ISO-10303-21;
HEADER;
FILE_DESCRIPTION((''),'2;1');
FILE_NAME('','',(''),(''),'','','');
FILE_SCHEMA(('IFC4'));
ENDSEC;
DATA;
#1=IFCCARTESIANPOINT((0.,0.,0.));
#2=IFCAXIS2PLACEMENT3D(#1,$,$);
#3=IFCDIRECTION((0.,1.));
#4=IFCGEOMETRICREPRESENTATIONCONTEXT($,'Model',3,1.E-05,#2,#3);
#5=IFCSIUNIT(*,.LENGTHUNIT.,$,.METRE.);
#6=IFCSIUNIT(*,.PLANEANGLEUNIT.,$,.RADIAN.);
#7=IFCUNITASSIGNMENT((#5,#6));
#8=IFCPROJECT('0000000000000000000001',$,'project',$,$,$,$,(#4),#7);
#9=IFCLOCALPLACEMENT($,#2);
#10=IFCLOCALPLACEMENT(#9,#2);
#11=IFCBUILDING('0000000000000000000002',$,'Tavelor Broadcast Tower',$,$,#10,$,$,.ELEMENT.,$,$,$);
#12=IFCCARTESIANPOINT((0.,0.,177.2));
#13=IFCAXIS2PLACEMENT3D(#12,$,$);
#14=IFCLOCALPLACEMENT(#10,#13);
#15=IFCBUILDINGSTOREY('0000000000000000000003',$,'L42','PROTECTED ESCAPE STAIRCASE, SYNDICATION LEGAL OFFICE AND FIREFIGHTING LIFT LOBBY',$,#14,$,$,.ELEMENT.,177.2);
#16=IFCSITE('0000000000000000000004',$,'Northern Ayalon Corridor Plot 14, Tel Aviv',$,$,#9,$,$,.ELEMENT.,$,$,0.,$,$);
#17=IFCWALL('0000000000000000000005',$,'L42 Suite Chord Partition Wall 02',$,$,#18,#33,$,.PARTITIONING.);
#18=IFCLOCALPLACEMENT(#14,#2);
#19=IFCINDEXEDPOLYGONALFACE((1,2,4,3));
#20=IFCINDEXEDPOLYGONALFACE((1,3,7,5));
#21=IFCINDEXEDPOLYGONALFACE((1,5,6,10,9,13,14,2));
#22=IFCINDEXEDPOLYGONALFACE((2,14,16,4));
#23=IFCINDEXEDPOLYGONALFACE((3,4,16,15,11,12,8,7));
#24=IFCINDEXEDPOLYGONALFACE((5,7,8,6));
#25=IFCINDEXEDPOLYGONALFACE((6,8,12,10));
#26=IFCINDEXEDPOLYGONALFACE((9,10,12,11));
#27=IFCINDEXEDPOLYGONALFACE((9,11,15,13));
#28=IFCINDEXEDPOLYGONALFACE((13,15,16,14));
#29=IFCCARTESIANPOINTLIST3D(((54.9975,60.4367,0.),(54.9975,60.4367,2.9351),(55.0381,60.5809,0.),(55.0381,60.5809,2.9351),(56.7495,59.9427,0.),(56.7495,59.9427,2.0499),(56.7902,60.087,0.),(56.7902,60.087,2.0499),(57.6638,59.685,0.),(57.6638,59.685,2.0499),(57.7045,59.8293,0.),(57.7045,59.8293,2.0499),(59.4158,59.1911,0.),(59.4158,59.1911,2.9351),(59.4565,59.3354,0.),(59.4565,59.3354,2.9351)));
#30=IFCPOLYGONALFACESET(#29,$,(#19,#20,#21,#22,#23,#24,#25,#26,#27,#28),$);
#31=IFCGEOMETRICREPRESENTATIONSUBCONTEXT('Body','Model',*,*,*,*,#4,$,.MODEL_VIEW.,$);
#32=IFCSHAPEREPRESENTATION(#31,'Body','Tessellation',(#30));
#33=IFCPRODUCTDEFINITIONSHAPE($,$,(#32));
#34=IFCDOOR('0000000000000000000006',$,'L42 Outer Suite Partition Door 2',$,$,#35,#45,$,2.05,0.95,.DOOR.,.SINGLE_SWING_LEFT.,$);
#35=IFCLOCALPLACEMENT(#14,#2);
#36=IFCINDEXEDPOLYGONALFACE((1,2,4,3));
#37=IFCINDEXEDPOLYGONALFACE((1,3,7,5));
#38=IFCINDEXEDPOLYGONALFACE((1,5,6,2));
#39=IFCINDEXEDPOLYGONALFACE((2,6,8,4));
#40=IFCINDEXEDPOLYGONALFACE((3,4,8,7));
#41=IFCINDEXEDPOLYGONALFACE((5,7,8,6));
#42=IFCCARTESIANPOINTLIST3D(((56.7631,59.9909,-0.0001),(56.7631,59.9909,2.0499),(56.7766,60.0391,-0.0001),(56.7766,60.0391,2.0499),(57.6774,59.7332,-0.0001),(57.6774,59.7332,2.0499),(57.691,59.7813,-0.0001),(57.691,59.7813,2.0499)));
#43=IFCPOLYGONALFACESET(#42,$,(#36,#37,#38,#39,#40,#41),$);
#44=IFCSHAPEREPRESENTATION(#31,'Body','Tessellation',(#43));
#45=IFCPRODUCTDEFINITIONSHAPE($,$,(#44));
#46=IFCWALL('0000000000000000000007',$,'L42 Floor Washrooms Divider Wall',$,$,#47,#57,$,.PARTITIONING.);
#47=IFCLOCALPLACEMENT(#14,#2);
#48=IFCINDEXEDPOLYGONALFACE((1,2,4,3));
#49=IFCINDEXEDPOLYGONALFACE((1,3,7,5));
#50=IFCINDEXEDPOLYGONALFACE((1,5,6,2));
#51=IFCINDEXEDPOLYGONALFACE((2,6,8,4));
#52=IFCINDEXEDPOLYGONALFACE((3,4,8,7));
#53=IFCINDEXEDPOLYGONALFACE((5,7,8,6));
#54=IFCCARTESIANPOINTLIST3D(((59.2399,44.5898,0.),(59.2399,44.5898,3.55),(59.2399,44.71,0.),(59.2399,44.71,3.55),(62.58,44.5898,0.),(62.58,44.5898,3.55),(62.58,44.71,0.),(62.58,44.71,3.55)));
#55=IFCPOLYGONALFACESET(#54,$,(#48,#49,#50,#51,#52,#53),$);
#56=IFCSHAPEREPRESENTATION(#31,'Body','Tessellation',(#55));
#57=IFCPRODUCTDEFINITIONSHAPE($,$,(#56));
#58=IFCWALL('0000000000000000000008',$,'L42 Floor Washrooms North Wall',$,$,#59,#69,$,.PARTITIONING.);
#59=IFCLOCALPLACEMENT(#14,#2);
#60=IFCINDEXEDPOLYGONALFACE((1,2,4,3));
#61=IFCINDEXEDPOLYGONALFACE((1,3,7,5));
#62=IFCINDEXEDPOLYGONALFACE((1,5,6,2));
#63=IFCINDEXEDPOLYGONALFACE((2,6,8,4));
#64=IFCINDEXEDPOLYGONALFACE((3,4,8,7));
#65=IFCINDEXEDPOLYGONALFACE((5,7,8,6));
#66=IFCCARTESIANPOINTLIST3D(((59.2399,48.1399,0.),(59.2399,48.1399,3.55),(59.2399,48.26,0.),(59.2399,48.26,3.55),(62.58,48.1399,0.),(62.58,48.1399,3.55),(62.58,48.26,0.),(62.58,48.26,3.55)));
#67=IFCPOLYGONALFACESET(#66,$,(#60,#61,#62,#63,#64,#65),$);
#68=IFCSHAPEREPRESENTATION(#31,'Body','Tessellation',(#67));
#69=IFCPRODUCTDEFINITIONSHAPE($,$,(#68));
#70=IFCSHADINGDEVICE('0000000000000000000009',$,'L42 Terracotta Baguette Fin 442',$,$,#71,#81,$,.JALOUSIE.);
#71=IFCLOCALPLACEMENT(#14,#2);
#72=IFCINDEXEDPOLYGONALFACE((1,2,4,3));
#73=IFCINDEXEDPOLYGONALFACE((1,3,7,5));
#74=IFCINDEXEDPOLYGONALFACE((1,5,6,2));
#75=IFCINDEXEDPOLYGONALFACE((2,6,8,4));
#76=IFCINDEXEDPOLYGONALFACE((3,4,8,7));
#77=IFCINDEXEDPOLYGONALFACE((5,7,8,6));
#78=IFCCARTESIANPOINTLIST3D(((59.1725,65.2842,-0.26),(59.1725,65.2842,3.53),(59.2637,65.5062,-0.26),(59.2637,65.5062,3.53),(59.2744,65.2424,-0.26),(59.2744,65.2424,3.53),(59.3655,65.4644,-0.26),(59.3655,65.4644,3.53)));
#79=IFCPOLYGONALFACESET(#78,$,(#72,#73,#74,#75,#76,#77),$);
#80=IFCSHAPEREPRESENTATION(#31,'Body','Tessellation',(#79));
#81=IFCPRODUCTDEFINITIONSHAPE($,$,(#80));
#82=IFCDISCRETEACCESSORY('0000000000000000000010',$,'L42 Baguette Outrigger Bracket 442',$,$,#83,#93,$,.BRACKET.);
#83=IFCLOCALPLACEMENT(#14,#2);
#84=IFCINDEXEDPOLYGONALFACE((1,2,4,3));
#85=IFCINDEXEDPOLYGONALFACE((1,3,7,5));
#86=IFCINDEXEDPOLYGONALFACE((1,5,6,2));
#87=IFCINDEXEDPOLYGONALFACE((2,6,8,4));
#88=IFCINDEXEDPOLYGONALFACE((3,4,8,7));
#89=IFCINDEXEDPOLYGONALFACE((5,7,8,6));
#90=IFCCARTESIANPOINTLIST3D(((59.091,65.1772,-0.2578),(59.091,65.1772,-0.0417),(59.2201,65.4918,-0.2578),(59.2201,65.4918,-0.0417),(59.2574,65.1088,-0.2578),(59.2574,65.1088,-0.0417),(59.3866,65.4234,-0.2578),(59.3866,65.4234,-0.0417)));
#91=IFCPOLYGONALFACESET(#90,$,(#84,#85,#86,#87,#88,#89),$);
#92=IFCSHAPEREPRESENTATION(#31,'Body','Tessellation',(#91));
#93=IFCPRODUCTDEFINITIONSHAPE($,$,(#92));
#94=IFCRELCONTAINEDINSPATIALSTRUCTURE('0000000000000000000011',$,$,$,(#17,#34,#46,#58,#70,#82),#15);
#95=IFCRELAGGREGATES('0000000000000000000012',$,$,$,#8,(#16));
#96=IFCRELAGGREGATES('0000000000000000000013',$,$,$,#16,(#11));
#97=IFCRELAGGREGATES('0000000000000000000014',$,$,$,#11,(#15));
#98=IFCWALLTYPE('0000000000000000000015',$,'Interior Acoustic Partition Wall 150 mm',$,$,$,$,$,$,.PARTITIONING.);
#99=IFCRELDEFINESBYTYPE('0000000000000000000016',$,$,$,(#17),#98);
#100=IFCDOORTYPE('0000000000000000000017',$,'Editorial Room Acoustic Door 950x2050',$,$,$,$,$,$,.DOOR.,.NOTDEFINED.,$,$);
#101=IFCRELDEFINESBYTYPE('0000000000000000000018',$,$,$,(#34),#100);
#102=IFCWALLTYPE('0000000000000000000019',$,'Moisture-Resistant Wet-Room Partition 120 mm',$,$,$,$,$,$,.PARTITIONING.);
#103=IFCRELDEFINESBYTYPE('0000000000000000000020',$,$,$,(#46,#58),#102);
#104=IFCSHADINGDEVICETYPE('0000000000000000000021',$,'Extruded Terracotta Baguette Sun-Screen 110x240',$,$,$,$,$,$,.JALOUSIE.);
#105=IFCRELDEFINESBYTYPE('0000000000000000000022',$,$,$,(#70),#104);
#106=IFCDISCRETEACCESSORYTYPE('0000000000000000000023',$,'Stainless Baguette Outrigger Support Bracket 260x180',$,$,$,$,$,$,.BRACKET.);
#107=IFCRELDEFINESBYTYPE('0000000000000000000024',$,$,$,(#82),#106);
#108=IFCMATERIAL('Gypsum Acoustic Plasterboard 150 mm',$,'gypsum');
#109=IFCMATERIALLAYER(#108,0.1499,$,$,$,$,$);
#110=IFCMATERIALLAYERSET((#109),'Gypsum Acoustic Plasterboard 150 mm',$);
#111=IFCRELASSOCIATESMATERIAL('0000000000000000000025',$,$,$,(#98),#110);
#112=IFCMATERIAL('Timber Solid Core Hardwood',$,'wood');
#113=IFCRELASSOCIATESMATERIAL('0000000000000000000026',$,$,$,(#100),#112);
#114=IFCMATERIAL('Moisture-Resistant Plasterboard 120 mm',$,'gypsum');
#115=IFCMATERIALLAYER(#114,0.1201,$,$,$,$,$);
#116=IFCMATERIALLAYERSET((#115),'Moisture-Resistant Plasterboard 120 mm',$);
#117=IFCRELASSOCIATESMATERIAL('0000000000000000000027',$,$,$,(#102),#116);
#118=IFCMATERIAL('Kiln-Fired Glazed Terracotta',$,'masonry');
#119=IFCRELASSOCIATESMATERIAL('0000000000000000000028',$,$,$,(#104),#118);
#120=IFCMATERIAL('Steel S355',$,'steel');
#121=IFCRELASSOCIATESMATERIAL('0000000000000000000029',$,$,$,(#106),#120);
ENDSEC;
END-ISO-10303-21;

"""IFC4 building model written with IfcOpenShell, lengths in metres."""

from ifc_helpers import new_model, si_unit, direction, frame, frame_2d, origin, origin_2d, place, context, subcontext, project, spatial, rectangle, extrude, source, transform, mapped, material, layer, layer_set, type_object, type_shapes, element, fill, save


model = new_model("IFC4")

# Units and contexts
model_context = context("Model", 3, precision=1e-05, world=origin(), true_north=direction((0.0, 1.0)))
body_context = subcontext(model_context, "Body", "Model", "MODEL_VIEW")
ifc_project = project(units=[si_unit("LENGTHUNIT", "METRE"), si_unit("PLANEANGLEUNIT", "RADIAN")], contexts=[model_context])

# Site, building, storey
site_placement = place(None, origin())
site = spatial("IfcSite", under=ifc_project, at=site_placement, Name="Northern Ayalon Corridor Plot 14, Tel Aviv", CompositionType="ELEMENT", RefElevation=0.0)
building_placement = place(site_placement, origin())
building = spatial("IfcBuilding", under=site, at=building_placement, Name="Tavelor Broadcast Tower", CompositionType="ELEMENT")
storey_placement = place(building_placement, frame((0.0, 0.0, 177.2)))
storey = spatial("IfcBuildingStorey", under=building, at=storey_placement, Name="L42", Description="PROTECTED ESCAPE STAIRCASE, SYNDICATION LEGAL OFFICE AND FIREFIGHTING LIFT LOBBY", CompositionType="ELEMENT", Elevation=177.2)

# Shared definitions
ifc_material_1 = material(Name="Steel S355", Category="steel")

# Shared definitions
ifc_material_2 = material(Name="Timber Solid Core Hardwood", Category="wood")

# Shared definitions
ifc_material_3 = material(Name="Gypsum Acoustic Plasterboard 150 mm", Category="gypsum")
ifc_layer_1 = layer(ifc_material_3, 0.1499)
ifc_layer_set_1 = layer_set([ifc_layer_1], Name="Gypsum Acoustic Plasterboard 150 mm")
wall_type_1 = type_object("IfcWallType", Name="Interior Acoustic Partition Wall 150 mm", PredefinedType="PARTITIONING", material=ifc_layer_set_1)

# Wall, opening, door
wall_1_placement = place(storey_placement, frame((59.4363, 59.2632, 0.0), z_axis=(0.0, 0.0, 1.0), x_axis=(-0.962485, 0.271334, 0.0)))
wall_1 = element("IfcWall", 1, at=wall_1_placement, inside=storey, type_object=wall_type_1, Name="L42 Suite Chord Partition Wall 02", PredefinedType="PARTITIONING", context=body_context, shape_type="SweptSolid", body=[
    extrude(rectangle(XDim=4.5906, YDim=0.1499, at=frame_2d((2.2954, 0.0))), origin(), (0.0, 0.0, 1.0), 2.9351),
])
opening_1_placement = place(wall_1_placement, frame((1.8203, 0.0, 0.0)))
opening_1 = element("IfcOpeningElement", 2, at=opening_1_placement, cuts=wall_1, PredefinedType="OPENING", context=body_context, shape_type="SweptSolid", body=[
    extrude(rectangle(XDim=0.95, YDim=2.05, at=frame_2d((0.4751, 1.0249))), frame((0.0, 0.085, 0.0), z_axis=(0.0, -1.0, 0.0), x_axis=(1.0, 0.0, 0.0)), (0.0, 0.0, 1.0), 0.1699),
])
door_type_1 = type_object("IfcDoorType", Name="Editorial Room Acoustic Door 950x2050", OperationType="NOTDEFINED", PredefinedType="DOOR", material=ifc_material_2)
door_1_placement = place(opening_1_placement, origin())
door_1 = element("IfcDoor", 3, at=door_1_placement, inside=storey, type_object=door_type_1, Name="L42 Outer Suite Partition Door 2", OperationType="SINGLE_SWING_LEFT", OverallHeight=2.05, OverallWidth=0.95, PredefinedType="DOOR", context=body_context, shape_type="SweptSolid", body=[
    extrude(rectangle(XDim=0.95, YDim=2.05, at=frame_2d((0.4751, 1.0249))), frame((0.0, 0.0249, 0.0), z_axis=(0.0, -1.0, 0.0), x_axis=(1.0, 0.0, 0.0)), (0.0, 0.0, 1.0), 0.05),
])
fill(opening_1, door_1)

# Walls
ifc_material_4 = material(Name="Moisture-Resistant Plasterboard 120 mm", Category="gypsum")
ifc_layer_2 = layer(ifc_material_4, 0.1201)
ifc_layer_set_2 = layer_set([ifc_layer_2], Name="Moisture-Resistant Plasterboard 120 mm")
wall_type_2 = type_object("IfcWallType", Name="Moisture-Resistant Wet-Room Partition 120 mm", PredefinedType="PARTITIONING", material=ifc_layer_set_2)
for number, where, z_axis, x_axis, name in (
    (4, (59.24, 44.6499, 0.0), (0.0, 0.0, 1.0), (1.0, 0.0, 0.0), "L42 Floor Washrooms Divider Wall"),
    (5, (59.24, 48.2, 0.0), (0.0, 0.0, 1.0), (1.0, 0.0, 0.0), "L42 Floor Washrooms North Wall"),
):
    element("IfcWall", number, at=place(storey_placement, frame(where, z_axis=z_axis, x_axis=x_axis)), inside=storey, type_object=wall_type_2, Name=name, PredefinedType="PARTITIONING", context=body_context, shape_type="SweptSolid", body=[
        extrude(rectangle(XDim=3.3401, YDim=0.1201, at=frame_2d((1.6699, 0.0))), origin(), (0.0, 0.0, 1.0), 3.55),
    ])

# Shading device
ifc_material_5 = material(Name="Kiln-Fired Glazed Terracotta", Category="masonry")
shading_device_type = type_object("IfcShadingDeviceType", Name="Extruded Terracotta Baguette Sun-Screen 110x240", PredefinedType="JALOUSIE", material=ifc_material_5)
shared_shape_1 = source(origin(), body_context, "Body", "SweptSolid", [
    extrude(rectangle(XDim=0.1101, YDim=0.24, at=origin_2d()), origin(), (0.0, 0.0, 1.0), 3.79),
])
type_shapes(shading_device_type, [shared_shape_1])
shading_device_placement = place(storey_placement, frame((59.269, 65.3743, -0.26), z_axis=(0.0, 0.0, 1.0), x_axis=(-0.925077, 0.379779, 0.0)))
element("IfcShadingDevice", 6, at=shading_device_placement, inside=storey, type_object=shading_device_type, Name="L42 Terracotta Baguette Fin 442", PredefinedType="JALOUSIE", context=body_context, shape_type="MappedRepresentation", body=[
    mapped(shared_shape_1, transform((0.0, 0.0, 0.0), scale=1.0)),
])

# Discrete accessory
discrete_accessory_type = type_object("IfcDiscreteAccessoryType", Name="Stainless Baguette Outrigger Support Bracket 260x180", PredefinedType="BRACKET", material=ifc_material_1)
shared_shape_2 = source(origin(), body_context, "Body", "SweptSolid", [
    extrude(rectangle(XDim=0.1799, YDim=0.3401, at=origin_2d()), origin(), (0.0, 0.0, 1.0), 0.2161),
])
type_shapes(discrete_accessory_type, [shared_shape_2])
discrete_accessory_placement = place(storey_placement, frame((59.2388, 65.3003, -0.2578), z_axis=(0.0, 0.0, 1.0), x_axis=(-0.925077, 0.379779, 0.0)))
element("IfcDiscreteAccessory", 7, at=discrete_accessory_placement, inside=storey, type_object=discrete_accessory_type, Name="L42 Baguette Outrigger Bracket 442", PredefinedType="BRACKET", context=body_context, shape_type="MappedRepresentation", body=[
    mapped(shared_shape_2, transform((0.0, 0.0, 0.0), scale=1.0)),
])

save(model, "model.ifc")
